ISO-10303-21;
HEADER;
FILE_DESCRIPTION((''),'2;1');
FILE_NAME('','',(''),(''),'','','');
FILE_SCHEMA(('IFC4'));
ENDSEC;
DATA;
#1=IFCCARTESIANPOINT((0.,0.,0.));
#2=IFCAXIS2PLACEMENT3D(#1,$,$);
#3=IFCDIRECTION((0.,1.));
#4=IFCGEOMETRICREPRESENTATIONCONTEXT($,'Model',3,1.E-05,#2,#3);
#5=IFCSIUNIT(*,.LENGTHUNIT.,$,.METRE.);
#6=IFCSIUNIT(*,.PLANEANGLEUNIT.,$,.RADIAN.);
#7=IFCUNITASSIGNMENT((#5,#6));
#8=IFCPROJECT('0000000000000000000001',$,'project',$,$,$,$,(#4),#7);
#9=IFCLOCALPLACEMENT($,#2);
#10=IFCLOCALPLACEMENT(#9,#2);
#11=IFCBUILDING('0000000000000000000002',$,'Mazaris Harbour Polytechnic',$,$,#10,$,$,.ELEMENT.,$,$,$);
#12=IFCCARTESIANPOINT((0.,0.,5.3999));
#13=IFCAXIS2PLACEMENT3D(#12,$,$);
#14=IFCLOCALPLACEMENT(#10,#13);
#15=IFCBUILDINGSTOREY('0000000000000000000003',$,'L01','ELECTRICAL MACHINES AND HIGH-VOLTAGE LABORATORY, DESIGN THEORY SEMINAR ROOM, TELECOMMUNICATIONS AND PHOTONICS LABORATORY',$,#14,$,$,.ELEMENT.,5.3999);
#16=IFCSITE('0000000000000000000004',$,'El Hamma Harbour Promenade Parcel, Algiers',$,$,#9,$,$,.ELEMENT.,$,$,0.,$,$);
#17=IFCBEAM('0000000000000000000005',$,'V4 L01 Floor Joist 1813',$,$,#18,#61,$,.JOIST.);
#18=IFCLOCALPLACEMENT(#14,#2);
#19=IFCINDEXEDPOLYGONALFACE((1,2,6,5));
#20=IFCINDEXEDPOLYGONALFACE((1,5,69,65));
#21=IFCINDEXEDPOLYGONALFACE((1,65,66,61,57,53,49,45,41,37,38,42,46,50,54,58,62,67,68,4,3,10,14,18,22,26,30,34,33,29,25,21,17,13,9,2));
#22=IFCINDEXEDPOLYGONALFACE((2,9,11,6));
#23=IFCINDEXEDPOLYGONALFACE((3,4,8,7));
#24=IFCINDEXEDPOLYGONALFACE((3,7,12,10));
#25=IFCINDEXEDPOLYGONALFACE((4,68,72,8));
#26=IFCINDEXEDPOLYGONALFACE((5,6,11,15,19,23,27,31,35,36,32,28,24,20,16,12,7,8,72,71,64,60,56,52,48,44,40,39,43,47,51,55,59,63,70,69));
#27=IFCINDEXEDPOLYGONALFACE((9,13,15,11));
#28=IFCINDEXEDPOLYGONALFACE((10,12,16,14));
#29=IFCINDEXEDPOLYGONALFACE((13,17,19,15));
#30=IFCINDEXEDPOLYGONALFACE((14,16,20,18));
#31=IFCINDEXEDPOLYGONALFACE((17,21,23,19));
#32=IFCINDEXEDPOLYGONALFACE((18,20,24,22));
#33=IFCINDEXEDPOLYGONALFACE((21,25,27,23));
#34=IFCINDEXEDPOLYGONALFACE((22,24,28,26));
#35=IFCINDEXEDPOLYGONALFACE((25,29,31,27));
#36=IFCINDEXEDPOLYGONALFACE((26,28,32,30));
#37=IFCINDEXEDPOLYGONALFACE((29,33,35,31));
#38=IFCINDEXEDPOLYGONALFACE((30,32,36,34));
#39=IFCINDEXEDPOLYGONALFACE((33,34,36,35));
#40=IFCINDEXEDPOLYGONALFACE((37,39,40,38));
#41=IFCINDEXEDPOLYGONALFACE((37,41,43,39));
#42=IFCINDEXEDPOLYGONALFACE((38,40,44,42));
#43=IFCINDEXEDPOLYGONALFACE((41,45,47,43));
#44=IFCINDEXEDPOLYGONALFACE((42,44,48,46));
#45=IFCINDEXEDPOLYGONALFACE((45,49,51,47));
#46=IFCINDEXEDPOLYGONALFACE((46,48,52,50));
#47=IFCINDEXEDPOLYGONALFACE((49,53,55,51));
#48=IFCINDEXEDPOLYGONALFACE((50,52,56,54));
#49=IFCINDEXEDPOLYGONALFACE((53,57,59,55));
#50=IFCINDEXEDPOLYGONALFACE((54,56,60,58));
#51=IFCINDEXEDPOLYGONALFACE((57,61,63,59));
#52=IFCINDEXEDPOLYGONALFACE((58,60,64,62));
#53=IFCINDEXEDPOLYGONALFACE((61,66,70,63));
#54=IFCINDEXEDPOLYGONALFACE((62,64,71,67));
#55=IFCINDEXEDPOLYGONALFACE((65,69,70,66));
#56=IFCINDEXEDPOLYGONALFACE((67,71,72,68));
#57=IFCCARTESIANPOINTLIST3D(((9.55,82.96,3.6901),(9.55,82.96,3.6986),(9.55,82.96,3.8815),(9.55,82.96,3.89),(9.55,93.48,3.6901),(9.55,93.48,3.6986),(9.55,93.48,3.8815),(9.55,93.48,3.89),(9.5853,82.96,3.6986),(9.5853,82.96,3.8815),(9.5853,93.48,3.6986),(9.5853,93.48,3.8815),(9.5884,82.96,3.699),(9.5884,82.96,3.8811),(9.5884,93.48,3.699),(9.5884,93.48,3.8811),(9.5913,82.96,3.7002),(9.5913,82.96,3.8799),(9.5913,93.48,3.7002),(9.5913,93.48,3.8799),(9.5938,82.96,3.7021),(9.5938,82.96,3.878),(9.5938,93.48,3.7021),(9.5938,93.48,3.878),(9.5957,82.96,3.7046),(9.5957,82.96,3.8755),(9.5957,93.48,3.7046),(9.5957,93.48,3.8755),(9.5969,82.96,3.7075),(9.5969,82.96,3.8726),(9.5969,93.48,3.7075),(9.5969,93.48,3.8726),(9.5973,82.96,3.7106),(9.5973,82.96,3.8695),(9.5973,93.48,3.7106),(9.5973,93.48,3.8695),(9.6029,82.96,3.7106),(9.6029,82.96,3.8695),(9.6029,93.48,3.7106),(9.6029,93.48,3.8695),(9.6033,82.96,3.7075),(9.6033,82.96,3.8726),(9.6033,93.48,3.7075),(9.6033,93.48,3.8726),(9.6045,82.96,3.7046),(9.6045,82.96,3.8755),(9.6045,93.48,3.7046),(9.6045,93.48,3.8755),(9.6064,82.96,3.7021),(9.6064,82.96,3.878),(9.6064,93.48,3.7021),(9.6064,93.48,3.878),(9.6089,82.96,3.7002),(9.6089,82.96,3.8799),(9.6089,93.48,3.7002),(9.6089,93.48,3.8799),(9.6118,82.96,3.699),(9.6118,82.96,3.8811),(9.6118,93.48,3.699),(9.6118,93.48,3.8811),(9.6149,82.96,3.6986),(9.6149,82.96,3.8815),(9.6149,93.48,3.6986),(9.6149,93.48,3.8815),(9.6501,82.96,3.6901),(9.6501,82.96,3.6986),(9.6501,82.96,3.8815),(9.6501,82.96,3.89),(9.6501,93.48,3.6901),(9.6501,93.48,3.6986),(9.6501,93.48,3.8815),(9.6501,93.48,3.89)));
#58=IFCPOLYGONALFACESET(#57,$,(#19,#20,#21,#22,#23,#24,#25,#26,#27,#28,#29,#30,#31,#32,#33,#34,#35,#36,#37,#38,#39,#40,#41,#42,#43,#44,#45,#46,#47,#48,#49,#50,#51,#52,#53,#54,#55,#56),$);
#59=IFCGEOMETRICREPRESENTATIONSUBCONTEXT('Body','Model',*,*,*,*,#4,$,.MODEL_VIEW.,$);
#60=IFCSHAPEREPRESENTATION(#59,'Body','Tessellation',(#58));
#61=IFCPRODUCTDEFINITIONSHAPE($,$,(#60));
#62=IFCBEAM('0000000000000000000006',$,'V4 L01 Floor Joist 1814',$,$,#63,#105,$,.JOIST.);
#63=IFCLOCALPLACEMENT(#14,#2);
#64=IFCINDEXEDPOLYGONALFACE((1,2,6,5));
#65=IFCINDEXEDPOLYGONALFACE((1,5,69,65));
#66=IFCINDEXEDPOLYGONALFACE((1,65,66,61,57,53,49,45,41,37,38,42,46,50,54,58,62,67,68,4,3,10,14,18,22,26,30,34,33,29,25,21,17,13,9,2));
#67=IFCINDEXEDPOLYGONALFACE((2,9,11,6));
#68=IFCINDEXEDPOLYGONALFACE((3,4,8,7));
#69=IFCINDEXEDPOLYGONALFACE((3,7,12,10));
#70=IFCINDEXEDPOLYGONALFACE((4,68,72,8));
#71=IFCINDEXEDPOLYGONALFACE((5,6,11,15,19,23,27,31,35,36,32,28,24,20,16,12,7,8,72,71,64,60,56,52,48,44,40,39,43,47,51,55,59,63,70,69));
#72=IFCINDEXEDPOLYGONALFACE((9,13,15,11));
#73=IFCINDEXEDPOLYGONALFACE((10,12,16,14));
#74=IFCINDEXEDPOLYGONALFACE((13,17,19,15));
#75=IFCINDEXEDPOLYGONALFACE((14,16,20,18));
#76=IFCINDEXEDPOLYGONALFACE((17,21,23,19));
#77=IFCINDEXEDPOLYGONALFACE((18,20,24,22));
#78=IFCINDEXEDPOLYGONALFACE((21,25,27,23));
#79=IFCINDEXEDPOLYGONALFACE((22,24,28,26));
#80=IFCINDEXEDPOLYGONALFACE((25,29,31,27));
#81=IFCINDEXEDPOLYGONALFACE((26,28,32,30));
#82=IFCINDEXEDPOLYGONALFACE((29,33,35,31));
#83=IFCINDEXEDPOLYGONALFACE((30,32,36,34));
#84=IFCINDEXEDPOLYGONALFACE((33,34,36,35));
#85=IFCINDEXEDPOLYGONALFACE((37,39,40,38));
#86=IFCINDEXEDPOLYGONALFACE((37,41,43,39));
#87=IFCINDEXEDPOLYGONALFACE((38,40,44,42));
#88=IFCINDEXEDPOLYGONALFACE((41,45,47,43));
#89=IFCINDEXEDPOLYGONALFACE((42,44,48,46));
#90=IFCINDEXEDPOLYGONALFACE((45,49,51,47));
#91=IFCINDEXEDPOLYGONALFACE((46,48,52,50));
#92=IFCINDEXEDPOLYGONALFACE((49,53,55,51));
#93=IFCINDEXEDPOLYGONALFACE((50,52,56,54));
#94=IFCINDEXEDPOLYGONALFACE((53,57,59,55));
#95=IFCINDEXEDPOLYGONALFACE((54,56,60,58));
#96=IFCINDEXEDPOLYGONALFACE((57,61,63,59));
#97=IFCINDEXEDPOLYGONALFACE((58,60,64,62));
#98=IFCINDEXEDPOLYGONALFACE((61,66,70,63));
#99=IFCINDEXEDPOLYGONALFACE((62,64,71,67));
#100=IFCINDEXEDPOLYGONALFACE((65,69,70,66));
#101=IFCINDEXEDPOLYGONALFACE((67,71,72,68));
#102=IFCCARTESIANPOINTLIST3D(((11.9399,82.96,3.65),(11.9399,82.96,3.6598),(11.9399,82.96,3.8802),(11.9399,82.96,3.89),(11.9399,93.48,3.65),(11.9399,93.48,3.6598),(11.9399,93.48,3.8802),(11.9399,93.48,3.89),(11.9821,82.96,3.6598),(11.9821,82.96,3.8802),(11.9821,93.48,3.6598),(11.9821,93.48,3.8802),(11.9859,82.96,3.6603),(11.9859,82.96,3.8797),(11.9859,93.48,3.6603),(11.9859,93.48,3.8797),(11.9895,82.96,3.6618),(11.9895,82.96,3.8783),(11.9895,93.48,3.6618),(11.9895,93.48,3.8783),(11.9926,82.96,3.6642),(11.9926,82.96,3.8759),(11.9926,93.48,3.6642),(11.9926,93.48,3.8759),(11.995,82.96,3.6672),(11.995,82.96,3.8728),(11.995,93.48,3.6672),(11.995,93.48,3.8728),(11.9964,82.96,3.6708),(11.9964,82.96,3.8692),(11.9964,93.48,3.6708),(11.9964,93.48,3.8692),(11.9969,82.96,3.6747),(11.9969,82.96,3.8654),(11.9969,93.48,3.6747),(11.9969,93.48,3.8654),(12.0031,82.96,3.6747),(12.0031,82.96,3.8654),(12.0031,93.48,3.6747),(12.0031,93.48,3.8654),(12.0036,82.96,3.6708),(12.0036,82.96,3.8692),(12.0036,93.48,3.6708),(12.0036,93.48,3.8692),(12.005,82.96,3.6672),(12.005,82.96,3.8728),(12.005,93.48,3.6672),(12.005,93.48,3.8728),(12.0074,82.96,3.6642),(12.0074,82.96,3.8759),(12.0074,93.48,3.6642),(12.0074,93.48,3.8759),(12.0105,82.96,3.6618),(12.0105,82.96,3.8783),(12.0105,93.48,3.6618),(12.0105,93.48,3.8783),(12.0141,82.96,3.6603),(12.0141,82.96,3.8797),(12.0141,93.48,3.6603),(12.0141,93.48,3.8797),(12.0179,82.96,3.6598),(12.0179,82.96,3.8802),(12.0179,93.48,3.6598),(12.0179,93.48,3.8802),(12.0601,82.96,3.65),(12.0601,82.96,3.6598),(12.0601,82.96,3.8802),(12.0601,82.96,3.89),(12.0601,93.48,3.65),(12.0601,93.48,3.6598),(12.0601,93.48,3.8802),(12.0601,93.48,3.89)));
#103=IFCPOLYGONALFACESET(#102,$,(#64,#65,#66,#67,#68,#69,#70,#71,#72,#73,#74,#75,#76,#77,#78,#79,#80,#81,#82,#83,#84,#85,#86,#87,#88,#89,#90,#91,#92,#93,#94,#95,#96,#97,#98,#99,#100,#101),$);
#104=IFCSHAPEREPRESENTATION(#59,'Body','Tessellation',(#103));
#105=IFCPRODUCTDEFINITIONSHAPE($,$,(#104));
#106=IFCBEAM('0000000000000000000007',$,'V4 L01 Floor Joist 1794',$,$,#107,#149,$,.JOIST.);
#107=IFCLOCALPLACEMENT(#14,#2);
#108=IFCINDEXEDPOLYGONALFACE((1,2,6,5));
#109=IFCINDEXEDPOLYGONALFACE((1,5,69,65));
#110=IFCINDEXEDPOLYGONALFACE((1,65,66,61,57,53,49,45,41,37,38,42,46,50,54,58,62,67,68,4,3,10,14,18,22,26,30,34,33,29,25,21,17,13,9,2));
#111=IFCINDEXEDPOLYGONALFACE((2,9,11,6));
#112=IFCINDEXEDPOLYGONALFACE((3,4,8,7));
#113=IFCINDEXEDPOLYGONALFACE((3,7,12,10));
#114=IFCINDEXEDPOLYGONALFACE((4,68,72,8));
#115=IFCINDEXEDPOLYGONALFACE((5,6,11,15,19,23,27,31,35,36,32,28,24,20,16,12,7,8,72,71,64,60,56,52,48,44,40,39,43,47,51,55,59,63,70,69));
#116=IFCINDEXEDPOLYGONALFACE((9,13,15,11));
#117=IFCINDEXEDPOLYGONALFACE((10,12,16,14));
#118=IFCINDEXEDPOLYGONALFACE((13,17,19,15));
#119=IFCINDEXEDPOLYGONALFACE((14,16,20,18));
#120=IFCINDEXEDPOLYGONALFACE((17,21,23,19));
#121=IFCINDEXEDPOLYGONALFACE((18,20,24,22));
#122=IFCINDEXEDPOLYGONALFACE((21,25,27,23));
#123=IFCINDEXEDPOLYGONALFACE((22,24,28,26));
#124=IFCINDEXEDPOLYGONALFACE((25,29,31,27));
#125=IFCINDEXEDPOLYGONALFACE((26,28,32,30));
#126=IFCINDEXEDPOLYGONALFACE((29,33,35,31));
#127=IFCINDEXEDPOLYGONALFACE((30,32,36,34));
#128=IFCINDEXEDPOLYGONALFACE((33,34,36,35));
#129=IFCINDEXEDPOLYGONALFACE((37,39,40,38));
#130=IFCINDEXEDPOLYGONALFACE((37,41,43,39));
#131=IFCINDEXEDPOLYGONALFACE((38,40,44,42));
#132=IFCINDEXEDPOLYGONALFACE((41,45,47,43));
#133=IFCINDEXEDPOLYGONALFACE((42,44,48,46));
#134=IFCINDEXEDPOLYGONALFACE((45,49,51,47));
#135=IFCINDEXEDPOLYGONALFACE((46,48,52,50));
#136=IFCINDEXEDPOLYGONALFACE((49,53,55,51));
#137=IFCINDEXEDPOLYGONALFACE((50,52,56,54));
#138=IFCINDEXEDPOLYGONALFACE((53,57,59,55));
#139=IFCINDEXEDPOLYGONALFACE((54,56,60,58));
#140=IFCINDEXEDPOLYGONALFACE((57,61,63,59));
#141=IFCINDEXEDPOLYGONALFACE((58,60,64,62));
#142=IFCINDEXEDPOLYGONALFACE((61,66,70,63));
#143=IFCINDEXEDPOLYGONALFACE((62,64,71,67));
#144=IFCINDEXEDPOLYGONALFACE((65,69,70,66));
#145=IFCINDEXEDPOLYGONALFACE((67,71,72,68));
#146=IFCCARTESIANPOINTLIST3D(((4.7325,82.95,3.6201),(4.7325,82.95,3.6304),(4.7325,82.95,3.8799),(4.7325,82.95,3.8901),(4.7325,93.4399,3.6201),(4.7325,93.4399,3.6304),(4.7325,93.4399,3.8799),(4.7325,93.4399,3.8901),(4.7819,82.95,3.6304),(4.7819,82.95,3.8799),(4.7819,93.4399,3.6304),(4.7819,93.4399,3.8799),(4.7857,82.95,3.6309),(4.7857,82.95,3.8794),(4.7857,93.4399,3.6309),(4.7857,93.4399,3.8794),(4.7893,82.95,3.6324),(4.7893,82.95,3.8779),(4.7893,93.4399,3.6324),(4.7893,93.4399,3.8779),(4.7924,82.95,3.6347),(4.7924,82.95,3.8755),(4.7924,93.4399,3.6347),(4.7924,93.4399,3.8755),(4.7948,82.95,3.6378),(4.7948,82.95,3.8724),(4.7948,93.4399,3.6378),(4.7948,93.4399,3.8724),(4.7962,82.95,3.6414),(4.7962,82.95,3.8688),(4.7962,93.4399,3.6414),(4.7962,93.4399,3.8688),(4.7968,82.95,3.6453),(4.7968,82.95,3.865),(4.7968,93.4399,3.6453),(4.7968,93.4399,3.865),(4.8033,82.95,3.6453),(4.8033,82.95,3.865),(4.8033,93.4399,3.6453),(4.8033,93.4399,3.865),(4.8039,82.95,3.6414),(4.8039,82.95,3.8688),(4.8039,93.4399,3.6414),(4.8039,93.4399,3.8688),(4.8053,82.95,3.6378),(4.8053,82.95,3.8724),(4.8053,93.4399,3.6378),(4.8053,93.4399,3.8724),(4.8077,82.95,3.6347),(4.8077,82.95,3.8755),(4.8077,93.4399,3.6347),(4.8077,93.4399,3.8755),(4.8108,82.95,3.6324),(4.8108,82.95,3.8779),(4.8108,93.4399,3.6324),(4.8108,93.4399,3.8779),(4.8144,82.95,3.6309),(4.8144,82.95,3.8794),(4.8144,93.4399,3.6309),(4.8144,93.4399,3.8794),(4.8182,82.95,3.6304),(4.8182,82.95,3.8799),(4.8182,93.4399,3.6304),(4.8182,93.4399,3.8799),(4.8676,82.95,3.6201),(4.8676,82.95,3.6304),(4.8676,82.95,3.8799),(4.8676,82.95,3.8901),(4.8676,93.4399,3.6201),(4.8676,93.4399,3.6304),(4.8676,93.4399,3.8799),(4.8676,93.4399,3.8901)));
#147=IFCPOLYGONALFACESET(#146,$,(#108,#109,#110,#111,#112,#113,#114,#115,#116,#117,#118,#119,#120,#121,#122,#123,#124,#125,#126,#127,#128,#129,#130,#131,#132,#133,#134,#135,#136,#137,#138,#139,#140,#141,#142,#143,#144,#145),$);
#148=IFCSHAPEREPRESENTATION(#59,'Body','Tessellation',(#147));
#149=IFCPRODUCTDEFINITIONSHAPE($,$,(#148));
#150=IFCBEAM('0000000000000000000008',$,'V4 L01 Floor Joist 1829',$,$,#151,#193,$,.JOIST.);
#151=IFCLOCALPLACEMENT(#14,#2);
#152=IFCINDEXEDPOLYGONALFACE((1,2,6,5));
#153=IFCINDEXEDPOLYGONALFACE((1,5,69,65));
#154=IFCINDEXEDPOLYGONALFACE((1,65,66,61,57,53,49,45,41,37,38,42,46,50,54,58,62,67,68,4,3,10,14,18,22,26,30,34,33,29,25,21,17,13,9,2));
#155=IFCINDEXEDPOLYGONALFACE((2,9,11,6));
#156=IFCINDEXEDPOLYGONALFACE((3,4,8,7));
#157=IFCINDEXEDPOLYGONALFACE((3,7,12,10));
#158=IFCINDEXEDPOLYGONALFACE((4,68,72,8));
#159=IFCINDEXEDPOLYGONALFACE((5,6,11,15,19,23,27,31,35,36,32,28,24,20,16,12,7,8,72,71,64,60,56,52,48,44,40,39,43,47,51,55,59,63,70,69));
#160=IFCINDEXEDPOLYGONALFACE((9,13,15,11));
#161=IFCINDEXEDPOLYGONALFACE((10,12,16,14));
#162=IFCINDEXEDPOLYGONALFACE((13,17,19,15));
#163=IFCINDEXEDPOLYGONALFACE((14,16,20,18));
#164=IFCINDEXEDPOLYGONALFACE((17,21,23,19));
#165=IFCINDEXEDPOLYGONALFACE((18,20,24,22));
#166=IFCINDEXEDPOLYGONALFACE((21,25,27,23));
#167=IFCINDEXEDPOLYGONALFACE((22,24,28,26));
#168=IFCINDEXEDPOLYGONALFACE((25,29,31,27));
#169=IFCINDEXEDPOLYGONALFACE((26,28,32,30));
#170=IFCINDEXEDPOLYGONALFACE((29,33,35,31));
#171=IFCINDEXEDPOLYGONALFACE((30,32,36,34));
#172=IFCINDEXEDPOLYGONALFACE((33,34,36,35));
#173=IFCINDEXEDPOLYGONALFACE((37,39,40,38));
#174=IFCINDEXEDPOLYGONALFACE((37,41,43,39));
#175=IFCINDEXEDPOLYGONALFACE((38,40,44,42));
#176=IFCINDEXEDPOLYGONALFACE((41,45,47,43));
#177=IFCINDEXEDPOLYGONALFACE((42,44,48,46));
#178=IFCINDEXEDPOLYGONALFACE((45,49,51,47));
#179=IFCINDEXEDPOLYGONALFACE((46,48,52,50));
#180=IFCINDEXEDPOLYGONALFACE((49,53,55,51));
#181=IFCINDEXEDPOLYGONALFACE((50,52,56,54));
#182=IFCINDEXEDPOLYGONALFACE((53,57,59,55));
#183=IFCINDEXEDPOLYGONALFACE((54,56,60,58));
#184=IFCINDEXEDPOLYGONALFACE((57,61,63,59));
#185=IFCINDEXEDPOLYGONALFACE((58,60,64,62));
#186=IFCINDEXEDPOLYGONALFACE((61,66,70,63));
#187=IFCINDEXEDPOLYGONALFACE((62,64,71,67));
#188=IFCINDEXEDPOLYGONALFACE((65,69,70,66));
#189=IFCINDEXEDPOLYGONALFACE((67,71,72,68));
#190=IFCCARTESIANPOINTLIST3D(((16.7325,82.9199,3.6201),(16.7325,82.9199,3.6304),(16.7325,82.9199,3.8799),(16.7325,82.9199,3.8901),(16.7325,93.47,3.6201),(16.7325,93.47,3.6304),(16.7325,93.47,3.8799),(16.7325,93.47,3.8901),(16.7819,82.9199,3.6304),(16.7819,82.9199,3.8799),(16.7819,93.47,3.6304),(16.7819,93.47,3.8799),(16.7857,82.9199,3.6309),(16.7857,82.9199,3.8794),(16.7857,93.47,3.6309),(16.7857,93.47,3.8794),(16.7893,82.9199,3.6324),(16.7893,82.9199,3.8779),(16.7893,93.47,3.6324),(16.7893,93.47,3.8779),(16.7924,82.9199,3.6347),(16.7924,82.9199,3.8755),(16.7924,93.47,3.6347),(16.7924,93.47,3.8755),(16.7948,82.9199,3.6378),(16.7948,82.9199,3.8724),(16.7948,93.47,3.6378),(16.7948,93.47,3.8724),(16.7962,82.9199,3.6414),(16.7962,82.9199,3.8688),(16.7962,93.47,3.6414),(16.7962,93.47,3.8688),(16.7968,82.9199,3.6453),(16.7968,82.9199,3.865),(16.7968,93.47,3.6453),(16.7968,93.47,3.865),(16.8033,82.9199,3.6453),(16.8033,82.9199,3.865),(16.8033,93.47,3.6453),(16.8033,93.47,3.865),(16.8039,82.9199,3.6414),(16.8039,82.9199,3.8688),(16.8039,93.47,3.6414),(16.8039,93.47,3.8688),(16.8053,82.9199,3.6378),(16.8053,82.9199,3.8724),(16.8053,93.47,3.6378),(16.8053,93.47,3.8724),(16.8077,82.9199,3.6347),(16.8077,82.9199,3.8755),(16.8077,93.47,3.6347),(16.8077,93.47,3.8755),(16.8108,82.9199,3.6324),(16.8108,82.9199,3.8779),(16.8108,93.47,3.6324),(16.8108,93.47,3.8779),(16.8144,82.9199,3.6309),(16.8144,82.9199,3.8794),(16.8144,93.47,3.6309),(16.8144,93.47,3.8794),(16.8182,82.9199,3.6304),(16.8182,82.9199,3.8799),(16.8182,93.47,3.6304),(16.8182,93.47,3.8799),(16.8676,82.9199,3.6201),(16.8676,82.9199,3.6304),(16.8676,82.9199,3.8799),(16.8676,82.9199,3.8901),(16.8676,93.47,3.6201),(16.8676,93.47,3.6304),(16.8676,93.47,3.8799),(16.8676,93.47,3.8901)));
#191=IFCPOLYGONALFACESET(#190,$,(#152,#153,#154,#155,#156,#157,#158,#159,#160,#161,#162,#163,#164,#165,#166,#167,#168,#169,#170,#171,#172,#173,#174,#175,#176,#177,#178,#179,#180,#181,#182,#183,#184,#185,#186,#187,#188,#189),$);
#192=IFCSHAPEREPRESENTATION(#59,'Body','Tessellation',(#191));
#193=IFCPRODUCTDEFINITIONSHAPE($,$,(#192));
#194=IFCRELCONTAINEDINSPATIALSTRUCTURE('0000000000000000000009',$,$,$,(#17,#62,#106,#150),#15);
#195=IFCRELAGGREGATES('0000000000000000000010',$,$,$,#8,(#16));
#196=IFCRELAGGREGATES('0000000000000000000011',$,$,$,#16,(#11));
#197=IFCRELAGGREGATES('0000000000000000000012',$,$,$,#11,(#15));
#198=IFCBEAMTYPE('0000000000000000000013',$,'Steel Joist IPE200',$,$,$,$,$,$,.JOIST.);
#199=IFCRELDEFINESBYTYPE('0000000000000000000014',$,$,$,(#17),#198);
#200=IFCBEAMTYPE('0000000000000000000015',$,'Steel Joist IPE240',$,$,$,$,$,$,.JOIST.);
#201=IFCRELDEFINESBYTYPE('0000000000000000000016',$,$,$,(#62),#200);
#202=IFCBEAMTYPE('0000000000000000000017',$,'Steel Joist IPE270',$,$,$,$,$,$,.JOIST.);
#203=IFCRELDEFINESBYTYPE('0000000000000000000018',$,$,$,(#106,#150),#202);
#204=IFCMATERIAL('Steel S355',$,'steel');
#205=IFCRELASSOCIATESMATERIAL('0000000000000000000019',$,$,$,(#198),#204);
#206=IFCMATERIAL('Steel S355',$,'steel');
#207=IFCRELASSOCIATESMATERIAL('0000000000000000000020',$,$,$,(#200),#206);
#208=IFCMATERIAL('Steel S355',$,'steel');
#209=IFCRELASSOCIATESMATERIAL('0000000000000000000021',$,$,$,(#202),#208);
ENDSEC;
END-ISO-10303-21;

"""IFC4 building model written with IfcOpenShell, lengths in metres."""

from ifc_helpers import new_model, si_unit, direction, frame, origin, origin_2d, place, context, subcontext, project, spatial, i_section, extrude, material, material_profile, profile_set, type_object, element, save


model = new_model("IFC4")

# Units and contexts
model_context = context("Model", 3, precision=1e-05, world=origin(), true_north=direction((0.0, 1.0)))
body_context = subcontext(model_context, "Body", "Model", "MODEL_VIEW")
ifc_project = project(units=[si_unit("LENGTHUNIT", "METRE"), si_unit("PLANEANGLEUNIT", "RADIAN")], contexts=[model_context])

# Site, building, storey
site_placement = place(None, origin())
site = spatial("IfcSite", under=ifc_project, at=site_placement, Name="El Hamma Harbour Promenade Parcel, Algiers", CompositionType="ELEMENT", RefElevation=0.0)
building_placement = place(site_placement, origin())
building = spatial("IfcBuilding", under=site, at=building_placement, Name="Mazaris Harbour Polytechnic", CompositionType="ELEMENT")
storey_placement = place(building_placement, frame((0.0, 0.0, 5.3999)))
storey = spatial("IfcBuildingStorey", under=building, at=storey_placement, Name="L01", Description="ELECTRICAL MACHINES AND HIGH-VOLTAGE LABORATORY, DESIGN THEORY SEMINAR ROOM, TELECOMMUNICATIONS AND PHOTONICS LABORATORY", CompositionType="ELEMENT", Elevation=5.3999)

# Beams
ifc_material_1 = material(Name="Steel S355", Category="steel")
ifc_material_profile_1 = material_profile(ifc_material_1, i_section(OverallWidth=0.1001, OverallDepth=0.2, WebThickness=0.0056, FlangeThickness=0.0085, FilletRadius=0.012, at=origin_2d()), Name="IPE 200")
ifc_profile_set_1 = profile_set([ifc_material_profile_1], Name="Steel S355")
beam_type_1 = type_object("IfcBeamType", Name="Steel Joist IPE200", PredefinedType="JOIST", material=ifc_profile_set_1)
beam_1_placement = place(storey_placement, frame((9.6001, 82.96, 3.79), z_axis=(0.0, 1.0, 0.0), x_axis=(-1.0, 0.0, 0.0)))
element("IfcBeam", 1, at=beam_1_placement, inside=storey, type_object=beam_type_1, Name="V4 L01 Floor Joist 1813", PredefinedType="JOIST", context=body_context, shape_type="SweptSolid", body=[
    extrude(i_section(OverallWidth=0.1001, OverallDepth=0.2, WebThickness=0.0056, FlangeThickness=0.0085, FilletRadius=0.012, at=origin_2d()), origin(), (0.0, 0.0, 1.0), 10.52),
])
ifc_material_2 = material(Name="Steel S355", Category="steel")
ifc_material_profile_2 = material_profile(ifc_material_2, i_section(OverallWidth=0.1201, OverallDepth=0.24, WebThickness=0.0061, FlangeThickness=0.0098, FilletRadius=0.0149, at=origin_2d()), Name="IPE 240")
ifc_profile_set_2 = profile_set([ifc_material_profile_2], Name="Steel S355")
beam_type_2 = type_object("IfcBeamType", Name="Steel Joist IPE240", PredefinedType="JOIST", material=ifc_profile_set_2)
beam_2_placement = place(storey_placement, frame((12.0, 82.96, 3.77), z_axis=(0.0, 1.0, 0.0), x_axis=(-1.0, 0.0, 0.0)))
element("IfcBeam", 2, at=beam_2_placement, inside=storey, type_object=beam_type_2, Name="V4 L01 Floor Joist 1814", PredefinedType="JOIST", context=body_context, shape_type="SweptSolid", body=[
    extrude(i_section(OverallWidth=0.1201, OverallDepth=0.24, WebThickness=0.0061, FlangeThickness=0.0098, FilletRadius=0.0149, at=origin_2d()), origin(), (0.0, 0.0, 1.0), 10.52),
])
ifc_material_3 = material(Name="Steel S355", Category="steel")
ifc_material_profile_3 = material_profile(ifc_material_3, i_section(OverallWidth=0.135, OverallDepth=0.27, WebThickness=0.0066, FlangeThickness=0.0103, FilletRadius=0.0149, at=origin_2d()), Name="IPE 270")
ifc_profile_set_3 = profile_set([ifc_material_profile_3], Name="Steel S355")
beam_type_3 = type_object("IfcBeamType", Name="Steel Joist IPE270", PredefinedType="JOIST", material=ifc_profile_set_3)
beam_3_placement = place(storey_placement, frame((4.8, 82.95, 3.7551), z_axis=(0.0, 1.0, 0.0), x_axis=(-1.0, 0.0, 0.0)))
element("IfcBeam", 3, at=beam_3_placement, inside=storey, type_object=beam_type_3, Name="V4 L01 Floor Joist 1794", PredefinedType="JOIST", context=body_context, shape_type="SweptSolid", body=[
    extrude(i_section(OverallWidth=0.135, OverallDepth=0.27, WebThickness=0.0066, FlangeThickness=0.0103, FilletRadius=0.0149, at=origin_2d()), origin(), (0.0, 0.0, 1.0), 10.49),
])
beam_4_placement = place(storey_placement, frame((16.8, 82.9199, 3.7551), z_axis=(0.0, 1.0, 0.0), x_axis=(-1.0, 0.0, 0.0)))
element("IfcBeam", 4, at=beam_4_placement, inside=storey, type_object=beam_type_3, Name="V4 L01 Floor Joist 1829", PredefinedType="JOIST", context=body_context, shape_type="SweptSolid", body=[
    extrude(i_section(OverallWidth=0.135, OverallDepth=0.27, WebThickness=0.0066, FlangeThickness=0.0103, FilletRadius=0.0149, at=origin_2d()), origin(), (0.0, 0.0, 1.0), 10.55),
])

save(model, "model.ifc")
